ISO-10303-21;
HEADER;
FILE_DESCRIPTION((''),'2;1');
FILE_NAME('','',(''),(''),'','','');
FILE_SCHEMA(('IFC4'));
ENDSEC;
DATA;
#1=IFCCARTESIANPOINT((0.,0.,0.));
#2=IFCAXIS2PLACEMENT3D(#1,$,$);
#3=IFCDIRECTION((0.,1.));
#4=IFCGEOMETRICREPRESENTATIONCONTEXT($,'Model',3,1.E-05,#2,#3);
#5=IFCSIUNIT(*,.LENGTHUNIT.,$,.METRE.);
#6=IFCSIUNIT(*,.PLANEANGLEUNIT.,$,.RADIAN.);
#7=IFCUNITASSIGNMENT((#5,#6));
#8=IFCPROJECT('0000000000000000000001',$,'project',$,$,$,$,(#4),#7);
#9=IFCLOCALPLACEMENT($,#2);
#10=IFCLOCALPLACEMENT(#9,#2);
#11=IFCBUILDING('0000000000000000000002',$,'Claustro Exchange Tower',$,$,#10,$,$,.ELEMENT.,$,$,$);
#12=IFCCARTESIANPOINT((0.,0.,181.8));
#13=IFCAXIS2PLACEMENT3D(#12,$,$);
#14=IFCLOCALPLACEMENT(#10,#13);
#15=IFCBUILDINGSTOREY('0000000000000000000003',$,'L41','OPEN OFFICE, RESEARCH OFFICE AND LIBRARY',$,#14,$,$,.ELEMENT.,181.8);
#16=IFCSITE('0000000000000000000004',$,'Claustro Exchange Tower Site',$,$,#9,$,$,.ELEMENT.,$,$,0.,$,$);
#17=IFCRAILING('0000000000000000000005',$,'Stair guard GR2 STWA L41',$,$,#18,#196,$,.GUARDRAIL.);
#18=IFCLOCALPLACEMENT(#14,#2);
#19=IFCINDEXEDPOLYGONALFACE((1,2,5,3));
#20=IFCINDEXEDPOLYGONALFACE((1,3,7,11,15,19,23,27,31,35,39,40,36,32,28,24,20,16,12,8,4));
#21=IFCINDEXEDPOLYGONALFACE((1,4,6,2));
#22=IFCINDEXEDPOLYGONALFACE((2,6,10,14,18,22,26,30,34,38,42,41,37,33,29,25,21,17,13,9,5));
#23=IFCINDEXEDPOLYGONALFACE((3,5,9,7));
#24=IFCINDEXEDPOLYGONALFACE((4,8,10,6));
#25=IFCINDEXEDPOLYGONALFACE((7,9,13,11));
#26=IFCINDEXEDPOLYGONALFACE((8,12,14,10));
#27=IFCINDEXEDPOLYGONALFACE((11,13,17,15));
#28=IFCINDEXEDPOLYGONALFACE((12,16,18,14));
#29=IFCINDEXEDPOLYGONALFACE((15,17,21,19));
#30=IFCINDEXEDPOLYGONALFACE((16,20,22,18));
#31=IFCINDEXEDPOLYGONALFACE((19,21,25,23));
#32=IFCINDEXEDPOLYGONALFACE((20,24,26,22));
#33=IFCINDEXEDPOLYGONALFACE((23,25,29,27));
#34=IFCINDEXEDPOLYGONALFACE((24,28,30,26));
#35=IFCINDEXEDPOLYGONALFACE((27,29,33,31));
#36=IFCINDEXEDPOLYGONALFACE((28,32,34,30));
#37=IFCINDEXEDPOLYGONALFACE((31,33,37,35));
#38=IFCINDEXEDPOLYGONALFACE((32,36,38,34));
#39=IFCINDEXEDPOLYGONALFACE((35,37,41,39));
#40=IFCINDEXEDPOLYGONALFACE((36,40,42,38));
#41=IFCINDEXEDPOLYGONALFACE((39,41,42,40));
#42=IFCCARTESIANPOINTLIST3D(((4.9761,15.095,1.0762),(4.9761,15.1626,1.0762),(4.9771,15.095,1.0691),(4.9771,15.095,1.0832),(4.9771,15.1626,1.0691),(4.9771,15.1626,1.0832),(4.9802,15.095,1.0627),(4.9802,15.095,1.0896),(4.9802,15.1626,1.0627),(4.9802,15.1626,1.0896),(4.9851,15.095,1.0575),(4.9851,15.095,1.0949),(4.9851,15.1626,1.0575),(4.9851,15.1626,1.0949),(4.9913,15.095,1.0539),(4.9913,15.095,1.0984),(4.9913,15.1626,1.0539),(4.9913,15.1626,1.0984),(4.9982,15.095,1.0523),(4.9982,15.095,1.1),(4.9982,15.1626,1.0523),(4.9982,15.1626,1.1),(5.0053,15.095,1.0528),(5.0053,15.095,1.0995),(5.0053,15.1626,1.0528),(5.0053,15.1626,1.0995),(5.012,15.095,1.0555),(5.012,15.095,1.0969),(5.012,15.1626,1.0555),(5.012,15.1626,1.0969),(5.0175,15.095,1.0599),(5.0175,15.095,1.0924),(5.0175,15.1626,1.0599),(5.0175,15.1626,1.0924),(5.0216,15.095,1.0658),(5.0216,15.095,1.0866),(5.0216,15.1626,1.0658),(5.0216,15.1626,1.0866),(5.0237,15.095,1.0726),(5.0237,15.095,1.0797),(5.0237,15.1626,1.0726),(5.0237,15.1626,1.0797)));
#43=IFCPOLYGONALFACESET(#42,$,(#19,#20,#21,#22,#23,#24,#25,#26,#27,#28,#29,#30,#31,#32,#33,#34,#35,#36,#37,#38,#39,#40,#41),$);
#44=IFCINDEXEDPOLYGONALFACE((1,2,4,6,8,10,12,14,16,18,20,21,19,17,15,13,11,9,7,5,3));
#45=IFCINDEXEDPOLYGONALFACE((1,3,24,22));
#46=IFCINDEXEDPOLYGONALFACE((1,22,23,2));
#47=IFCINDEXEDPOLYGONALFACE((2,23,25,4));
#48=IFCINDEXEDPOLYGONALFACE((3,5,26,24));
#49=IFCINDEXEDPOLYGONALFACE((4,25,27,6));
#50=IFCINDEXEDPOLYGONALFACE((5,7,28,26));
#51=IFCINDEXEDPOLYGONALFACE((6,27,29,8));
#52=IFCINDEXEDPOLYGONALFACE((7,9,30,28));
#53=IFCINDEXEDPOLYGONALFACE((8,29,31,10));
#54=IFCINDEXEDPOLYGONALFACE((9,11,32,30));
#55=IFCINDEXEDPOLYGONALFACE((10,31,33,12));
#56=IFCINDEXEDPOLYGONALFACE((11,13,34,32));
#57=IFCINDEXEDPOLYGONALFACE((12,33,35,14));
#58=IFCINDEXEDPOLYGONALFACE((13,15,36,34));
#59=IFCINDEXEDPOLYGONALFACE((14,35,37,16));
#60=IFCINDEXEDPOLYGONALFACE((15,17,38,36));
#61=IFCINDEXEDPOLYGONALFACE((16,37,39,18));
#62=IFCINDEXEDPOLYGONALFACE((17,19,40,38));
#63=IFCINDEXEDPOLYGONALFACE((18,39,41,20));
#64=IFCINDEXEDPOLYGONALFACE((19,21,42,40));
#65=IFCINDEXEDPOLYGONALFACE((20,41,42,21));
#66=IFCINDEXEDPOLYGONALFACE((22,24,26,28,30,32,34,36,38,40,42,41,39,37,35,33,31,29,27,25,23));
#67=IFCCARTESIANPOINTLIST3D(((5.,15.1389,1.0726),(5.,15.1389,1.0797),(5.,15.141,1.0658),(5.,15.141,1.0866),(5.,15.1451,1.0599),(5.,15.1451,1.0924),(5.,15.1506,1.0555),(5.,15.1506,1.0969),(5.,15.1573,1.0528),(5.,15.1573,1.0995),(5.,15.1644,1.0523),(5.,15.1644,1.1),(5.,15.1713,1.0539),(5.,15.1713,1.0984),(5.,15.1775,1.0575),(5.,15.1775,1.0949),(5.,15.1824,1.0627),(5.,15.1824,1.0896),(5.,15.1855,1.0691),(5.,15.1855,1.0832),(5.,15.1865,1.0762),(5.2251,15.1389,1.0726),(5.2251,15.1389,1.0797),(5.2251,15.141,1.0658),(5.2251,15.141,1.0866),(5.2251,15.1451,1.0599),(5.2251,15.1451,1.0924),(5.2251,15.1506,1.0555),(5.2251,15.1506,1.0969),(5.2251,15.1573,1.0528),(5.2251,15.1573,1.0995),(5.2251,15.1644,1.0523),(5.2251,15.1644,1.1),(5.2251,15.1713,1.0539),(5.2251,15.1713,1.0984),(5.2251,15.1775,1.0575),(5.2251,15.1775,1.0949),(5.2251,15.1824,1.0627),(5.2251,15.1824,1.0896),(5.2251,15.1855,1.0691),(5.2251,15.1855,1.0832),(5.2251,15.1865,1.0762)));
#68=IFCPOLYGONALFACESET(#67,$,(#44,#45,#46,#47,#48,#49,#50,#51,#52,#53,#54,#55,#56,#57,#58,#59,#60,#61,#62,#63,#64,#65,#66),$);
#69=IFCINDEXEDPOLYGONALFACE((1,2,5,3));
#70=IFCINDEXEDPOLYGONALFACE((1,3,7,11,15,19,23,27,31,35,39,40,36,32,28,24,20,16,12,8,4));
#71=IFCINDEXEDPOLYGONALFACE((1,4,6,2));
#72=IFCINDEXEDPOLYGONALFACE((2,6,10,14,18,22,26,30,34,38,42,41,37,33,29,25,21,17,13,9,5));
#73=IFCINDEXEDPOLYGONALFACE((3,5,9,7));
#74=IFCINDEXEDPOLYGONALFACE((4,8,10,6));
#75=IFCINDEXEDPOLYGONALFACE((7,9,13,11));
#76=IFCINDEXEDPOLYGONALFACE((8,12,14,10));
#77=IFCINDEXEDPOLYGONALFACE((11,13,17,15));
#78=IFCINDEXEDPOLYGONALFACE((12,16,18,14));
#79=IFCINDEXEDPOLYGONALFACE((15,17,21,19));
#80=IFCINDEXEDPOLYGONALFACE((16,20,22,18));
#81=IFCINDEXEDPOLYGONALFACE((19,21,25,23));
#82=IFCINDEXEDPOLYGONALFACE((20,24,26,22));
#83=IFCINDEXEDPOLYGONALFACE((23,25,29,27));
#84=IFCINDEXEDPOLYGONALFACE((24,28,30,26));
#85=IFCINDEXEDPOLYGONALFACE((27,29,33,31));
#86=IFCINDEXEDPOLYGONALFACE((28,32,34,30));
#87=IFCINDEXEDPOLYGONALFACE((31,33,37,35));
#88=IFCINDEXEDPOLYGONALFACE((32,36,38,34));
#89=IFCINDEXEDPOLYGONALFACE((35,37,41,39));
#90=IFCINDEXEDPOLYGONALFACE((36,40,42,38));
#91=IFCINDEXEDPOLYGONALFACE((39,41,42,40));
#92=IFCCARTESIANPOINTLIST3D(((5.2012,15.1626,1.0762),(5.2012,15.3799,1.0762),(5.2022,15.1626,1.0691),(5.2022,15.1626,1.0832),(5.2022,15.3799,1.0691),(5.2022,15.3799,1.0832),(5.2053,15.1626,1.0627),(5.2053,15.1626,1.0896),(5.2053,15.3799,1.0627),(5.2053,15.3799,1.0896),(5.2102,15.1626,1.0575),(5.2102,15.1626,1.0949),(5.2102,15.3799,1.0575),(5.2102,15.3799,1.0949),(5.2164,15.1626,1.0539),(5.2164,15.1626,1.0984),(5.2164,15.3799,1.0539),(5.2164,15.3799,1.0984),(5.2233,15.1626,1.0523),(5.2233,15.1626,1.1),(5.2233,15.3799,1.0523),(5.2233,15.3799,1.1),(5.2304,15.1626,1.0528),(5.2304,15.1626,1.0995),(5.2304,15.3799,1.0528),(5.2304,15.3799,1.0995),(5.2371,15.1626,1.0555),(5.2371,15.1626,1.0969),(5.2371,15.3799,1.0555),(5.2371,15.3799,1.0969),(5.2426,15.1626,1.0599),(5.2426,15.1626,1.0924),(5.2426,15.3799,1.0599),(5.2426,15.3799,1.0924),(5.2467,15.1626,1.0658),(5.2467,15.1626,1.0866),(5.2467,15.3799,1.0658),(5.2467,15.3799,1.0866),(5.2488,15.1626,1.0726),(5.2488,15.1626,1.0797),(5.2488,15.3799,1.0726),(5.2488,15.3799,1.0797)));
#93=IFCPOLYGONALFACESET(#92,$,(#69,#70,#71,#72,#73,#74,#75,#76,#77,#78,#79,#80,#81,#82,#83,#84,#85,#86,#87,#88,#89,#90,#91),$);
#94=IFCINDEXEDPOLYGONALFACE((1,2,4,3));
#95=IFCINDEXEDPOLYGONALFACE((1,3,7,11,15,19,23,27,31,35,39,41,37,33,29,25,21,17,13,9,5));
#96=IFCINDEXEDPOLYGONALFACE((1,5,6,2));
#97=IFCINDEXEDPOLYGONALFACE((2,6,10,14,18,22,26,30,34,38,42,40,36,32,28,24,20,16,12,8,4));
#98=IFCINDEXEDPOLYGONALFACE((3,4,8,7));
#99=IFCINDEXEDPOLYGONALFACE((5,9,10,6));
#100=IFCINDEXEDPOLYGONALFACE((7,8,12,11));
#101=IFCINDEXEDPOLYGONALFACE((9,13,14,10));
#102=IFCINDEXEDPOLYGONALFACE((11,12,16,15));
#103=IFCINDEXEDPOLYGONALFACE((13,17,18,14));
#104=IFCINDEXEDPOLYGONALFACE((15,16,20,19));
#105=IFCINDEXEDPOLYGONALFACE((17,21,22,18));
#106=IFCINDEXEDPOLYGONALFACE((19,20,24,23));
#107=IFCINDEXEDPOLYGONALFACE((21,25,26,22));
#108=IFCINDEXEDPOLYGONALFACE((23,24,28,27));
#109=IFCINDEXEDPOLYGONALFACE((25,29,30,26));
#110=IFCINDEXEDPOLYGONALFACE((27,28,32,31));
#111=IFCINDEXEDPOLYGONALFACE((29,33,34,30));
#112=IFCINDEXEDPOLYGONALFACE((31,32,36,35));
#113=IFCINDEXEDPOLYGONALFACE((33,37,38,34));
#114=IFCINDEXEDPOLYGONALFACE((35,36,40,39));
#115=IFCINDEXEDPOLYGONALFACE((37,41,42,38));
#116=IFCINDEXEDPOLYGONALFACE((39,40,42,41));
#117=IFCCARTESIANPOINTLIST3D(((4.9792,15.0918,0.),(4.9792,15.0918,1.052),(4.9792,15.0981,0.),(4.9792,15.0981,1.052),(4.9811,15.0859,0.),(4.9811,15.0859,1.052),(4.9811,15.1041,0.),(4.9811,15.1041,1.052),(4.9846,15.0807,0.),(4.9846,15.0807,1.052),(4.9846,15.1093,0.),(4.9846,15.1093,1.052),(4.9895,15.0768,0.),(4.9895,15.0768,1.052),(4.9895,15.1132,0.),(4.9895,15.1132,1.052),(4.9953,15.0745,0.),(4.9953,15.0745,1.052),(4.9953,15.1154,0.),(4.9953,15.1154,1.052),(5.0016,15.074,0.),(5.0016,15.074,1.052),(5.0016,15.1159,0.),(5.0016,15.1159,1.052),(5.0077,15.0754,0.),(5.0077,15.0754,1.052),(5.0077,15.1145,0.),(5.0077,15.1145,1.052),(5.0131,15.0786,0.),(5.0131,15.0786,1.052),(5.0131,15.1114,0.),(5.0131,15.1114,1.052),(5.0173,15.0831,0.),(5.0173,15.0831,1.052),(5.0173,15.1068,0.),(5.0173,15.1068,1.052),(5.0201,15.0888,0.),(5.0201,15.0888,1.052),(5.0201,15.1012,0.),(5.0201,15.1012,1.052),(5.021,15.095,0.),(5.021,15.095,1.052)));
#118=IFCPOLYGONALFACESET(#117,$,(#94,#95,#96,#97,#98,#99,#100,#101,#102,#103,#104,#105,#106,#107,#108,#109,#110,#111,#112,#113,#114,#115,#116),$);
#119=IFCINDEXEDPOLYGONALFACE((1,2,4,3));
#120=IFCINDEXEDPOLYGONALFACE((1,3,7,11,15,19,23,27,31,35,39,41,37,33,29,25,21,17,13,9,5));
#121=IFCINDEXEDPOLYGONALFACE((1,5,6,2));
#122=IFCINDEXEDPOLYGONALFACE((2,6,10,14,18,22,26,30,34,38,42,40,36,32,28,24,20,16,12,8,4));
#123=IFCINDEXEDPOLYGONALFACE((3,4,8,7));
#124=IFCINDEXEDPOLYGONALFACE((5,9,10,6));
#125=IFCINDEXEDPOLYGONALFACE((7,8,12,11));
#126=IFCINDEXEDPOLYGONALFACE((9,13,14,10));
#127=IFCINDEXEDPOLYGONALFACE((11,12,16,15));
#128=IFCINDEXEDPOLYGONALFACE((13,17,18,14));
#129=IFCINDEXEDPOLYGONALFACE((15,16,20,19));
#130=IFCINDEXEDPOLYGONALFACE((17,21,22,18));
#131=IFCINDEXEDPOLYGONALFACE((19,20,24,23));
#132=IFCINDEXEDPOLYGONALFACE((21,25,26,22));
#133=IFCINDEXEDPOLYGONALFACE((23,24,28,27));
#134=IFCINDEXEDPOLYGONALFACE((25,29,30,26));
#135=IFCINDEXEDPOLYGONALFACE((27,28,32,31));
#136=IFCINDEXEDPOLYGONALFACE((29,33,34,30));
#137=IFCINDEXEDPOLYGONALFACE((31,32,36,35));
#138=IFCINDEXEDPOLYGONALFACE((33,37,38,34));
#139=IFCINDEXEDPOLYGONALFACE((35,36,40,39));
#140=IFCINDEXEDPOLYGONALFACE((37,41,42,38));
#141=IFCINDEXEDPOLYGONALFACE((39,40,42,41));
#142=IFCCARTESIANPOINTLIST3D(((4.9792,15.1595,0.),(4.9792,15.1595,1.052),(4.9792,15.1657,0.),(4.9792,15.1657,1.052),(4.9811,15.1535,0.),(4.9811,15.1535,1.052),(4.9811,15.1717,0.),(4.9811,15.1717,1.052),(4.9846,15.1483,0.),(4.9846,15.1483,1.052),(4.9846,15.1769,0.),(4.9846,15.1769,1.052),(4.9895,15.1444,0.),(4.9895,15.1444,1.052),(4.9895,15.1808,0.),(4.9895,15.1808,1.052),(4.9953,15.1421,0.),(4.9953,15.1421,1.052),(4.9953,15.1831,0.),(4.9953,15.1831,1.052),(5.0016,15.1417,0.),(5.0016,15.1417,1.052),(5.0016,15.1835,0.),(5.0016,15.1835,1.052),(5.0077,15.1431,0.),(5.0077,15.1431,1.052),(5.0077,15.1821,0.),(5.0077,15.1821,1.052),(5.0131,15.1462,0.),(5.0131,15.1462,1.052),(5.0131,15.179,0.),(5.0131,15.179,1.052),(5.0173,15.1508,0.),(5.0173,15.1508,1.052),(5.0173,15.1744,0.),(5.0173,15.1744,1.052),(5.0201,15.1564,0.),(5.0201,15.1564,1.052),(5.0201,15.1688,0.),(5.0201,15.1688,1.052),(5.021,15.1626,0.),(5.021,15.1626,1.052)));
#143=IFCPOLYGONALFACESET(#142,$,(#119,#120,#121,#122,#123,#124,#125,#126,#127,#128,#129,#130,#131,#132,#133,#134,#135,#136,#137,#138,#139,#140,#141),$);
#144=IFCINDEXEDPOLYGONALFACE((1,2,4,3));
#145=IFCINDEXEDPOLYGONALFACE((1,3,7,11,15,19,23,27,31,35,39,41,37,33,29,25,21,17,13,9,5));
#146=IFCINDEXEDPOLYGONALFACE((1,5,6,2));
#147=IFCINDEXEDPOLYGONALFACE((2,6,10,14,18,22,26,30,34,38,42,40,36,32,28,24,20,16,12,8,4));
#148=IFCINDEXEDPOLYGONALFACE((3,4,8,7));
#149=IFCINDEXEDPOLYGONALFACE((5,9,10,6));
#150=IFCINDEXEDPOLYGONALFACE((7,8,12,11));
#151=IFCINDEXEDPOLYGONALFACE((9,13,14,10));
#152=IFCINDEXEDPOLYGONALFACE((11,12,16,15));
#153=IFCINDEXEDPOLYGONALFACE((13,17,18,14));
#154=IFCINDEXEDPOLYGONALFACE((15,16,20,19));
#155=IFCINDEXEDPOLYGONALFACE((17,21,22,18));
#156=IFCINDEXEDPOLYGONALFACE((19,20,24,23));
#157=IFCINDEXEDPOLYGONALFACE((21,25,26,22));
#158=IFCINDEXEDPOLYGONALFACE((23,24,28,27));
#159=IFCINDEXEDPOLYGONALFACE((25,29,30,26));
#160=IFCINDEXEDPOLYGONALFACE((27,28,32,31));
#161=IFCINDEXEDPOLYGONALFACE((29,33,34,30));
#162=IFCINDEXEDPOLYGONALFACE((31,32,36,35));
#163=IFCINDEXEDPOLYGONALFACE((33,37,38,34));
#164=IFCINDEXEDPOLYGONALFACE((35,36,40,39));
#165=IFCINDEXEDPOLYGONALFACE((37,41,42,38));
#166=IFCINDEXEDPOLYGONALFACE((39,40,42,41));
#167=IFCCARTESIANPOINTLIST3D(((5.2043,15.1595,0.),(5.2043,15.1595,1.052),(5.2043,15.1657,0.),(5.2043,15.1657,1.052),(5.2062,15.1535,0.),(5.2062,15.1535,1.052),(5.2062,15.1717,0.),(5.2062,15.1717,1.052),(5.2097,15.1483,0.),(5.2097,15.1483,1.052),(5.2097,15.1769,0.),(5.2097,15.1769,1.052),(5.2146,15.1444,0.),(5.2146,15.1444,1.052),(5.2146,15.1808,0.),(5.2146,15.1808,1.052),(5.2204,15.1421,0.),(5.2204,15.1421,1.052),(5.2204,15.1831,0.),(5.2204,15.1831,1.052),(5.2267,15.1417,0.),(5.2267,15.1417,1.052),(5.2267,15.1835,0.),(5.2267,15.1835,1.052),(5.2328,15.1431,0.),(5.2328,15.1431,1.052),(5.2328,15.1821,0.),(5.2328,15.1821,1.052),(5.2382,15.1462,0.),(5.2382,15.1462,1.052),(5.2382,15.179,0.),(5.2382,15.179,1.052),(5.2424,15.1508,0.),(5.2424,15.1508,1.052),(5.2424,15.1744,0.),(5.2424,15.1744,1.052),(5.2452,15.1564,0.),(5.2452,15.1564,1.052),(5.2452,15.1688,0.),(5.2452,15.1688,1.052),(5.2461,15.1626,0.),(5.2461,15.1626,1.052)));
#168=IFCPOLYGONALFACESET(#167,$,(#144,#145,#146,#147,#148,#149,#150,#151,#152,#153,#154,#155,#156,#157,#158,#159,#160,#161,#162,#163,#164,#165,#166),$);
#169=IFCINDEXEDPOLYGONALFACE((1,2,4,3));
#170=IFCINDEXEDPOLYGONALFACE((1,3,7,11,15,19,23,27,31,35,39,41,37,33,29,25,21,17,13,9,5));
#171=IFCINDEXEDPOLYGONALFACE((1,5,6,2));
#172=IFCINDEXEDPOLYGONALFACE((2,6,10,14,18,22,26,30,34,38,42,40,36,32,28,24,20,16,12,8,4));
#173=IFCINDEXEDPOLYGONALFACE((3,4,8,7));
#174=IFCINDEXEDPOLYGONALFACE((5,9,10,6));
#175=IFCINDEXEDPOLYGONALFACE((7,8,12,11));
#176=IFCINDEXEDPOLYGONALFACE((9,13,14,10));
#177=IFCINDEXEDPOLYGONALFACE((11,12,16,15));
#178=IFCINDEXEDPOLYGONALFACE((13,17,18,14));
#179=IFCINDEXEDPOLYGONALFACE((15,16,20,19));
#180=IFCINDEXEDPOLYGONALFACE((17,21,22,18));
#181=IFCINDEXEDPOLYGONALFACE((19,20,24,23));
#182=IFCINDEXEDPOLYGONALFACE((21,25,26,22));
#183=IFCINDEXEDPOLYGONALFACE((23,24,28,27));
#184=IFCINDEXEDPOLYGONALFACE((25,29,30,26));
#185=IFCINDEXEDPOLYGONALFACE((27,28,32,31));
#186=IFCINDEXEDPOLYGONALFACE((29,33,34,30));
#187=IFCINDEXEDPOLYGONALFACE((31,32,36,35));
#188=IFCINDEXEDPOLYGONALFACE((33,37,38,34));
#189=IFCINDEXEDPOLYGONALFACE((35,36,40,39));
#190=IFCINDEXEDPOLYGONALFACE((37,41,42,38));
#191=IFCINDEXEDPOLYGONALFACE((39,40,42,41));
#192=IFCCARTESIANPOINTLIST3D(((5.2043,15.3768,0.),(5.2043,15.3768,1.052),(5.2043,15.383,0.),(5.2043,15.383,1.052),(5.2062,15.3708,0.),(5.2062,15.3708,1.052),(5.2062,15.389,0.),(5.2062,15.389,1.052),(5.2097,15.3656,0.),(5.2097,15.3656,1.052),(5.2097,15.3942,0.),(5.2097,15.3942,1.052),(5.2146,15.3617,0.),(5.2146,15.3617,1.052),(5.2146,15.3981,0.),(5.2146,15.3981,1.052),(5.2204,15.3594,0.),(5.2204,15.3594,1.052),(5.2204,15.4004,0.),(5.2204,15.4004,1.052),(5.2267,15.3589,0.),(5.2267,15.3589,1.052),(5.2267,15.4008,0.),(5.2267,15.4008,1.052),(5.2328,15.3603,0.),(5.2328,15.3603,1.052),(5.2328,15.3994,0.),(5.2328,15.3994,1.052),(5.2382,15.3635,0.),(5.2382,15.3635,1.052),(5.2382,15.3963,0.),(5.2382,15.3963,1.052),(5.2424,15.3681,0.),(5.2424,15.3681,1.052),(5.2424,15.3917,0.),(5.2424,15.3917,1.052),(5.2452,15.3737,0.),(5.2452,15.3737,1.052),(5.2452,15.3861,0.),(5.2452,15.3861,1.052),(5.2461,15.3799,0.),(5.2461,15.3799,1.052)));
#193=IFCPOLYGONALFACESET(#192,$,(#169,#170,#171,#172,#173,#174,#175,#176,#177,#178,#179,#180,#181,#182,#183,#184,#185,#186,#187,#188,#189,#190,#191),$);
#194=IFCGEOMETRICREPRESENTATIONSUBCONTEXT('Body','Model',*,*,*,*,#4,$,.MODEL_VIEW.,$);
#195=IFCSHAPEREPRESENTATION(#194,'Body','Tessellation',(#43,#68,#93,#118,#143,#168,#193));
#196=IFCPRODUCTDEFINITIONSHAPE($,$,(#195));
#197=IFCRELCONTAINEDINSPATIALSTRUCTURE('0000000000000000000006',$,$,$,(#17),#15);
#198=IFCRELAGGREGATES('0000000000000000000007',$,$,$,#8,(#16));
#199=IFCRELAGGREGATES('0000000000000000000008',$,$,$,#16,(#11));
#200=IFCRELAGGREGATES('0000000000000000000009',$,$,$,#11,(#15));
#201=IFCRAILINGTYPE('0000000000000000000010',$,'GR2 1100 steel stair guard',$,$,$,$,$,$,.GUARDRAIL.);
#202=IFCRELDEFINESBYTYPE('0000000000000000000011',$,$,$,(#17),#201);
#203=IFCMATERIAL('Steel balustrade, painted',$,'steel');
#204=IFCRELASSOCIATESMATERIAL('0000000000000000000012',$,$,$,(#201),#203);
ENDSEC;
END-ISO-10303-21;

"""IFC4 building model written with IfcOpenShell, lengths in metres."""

from ifc_helpers import new_model, si_unit, direction, frame, origin, origin_2d, place, context, subcontext, project, spatial, circle, extrude, material, type_object, element, save


model = new_model("IFC4")

# Units and contexts
model_context = context("Model", 3, precision=1e-05, world=origin(), true_north=direction((0.0, 1.0)))
body_context = subcontext(model_context, "Body", "Model", "MODEL_VIEW")
ifc_project = project(units=[si_unit("LENGTHUNIT", "METRE"), si_unit("PLANEANGLEUNIT", "RADIAN")], contexts=[model_context])

# Site, building, storey
site_placement = place(None, origin())
site = spatial("IfcSite", under=ifc_project, at=site_placement, Name="Claustro Exchange Tower Site", CompositionType="ELEMENT", RefElevation=0.0)
building_placement = place(site_placement, origin())
building = spatial("IfcBuilding", under=site, at=building_placement, Name="Claustro Exchange Tower", CompositionType="ELEMENT")
storey_placement = place(building_placement, frame((0.0, 0.0, 181.8)))
storey = spatial("IfcBuildingStorey", under=building, at=storey_placement, Name="L41", Description="OPEN OFFICE, RESEARCH OFFICE AND LIBRARY", CompositionType="ELEMENT", Elevation=181.8)

# Railing
ifc_material_1 = material(Name="Steel balustrade, painted", Category="steel")
railing_type_1 = type_object("IfcRailingType", Name="GR2 1100 steel stair guard", PredefinedType="GUARDRAIL", material=ifc_material_1)
railing_1_placement = place(storey_placement, frame((5.0, 15.095, 0.0)))
element("IfcRailing", 1, at=railing_1_placement, inside=storey, type_object=railing_type_1, Name="Stair guard GR2 STWA L41", PredefinedType="GUARDRAIL", context=body_context, shape_type="SweptSolid", body=[
    extrude(circle(Radius=0.0239, at=origin_2d()), frame((0.0, 0.0, 1.0762), z_axis=(0.0, 1.0, 0.0), x_axis=(-1.0, 0.0, 0.0)), (0.0, 0.0, 1.0), 0.0676),
    extrude(circle(Radius=0.0239, at=origin_2d()), frame((0.0, 0.0676, 1.0762), z_axis=(1.0, 0.0, 0.0), x_axis=(0.0, 1.0, 0.0)), (0.0, 0.0, 1.0), 0.2251),
    extrude(circle(Radius=0.0239, at=origin_2d()), frame((0.2251, 0.0676, 1.0762), z_axis=(0.0, 1.0, 0.0), x_axis=(-1.0, 0.0, 0.0)), (0.0, 0.0, 1.0), 0.2173),
    extrude(circle(Radius=0.021, at=origin_2d()), origin(), (0.0, 0.0, 1.0), 1.052),
    extrude(circle(Radius=0.021, at=origin_2d()), frame((0.0, 0.0676, 0.0)), (0.0, 0.0, 1.0), 1.052),
    extrude(circle(Radius=0.021, at=origin_2d()), frame((0.2251, 0.0676, 0.0)), (0.0, 0.0, 1.0), 1.052),
    extrude(circle(Radius=0.021, at=origin_2d()), frame((0.2251, 0.2849, 0.0)), (0.0, 0.0, 1.0), 1.052),
])

save(model, "model.ifc")
